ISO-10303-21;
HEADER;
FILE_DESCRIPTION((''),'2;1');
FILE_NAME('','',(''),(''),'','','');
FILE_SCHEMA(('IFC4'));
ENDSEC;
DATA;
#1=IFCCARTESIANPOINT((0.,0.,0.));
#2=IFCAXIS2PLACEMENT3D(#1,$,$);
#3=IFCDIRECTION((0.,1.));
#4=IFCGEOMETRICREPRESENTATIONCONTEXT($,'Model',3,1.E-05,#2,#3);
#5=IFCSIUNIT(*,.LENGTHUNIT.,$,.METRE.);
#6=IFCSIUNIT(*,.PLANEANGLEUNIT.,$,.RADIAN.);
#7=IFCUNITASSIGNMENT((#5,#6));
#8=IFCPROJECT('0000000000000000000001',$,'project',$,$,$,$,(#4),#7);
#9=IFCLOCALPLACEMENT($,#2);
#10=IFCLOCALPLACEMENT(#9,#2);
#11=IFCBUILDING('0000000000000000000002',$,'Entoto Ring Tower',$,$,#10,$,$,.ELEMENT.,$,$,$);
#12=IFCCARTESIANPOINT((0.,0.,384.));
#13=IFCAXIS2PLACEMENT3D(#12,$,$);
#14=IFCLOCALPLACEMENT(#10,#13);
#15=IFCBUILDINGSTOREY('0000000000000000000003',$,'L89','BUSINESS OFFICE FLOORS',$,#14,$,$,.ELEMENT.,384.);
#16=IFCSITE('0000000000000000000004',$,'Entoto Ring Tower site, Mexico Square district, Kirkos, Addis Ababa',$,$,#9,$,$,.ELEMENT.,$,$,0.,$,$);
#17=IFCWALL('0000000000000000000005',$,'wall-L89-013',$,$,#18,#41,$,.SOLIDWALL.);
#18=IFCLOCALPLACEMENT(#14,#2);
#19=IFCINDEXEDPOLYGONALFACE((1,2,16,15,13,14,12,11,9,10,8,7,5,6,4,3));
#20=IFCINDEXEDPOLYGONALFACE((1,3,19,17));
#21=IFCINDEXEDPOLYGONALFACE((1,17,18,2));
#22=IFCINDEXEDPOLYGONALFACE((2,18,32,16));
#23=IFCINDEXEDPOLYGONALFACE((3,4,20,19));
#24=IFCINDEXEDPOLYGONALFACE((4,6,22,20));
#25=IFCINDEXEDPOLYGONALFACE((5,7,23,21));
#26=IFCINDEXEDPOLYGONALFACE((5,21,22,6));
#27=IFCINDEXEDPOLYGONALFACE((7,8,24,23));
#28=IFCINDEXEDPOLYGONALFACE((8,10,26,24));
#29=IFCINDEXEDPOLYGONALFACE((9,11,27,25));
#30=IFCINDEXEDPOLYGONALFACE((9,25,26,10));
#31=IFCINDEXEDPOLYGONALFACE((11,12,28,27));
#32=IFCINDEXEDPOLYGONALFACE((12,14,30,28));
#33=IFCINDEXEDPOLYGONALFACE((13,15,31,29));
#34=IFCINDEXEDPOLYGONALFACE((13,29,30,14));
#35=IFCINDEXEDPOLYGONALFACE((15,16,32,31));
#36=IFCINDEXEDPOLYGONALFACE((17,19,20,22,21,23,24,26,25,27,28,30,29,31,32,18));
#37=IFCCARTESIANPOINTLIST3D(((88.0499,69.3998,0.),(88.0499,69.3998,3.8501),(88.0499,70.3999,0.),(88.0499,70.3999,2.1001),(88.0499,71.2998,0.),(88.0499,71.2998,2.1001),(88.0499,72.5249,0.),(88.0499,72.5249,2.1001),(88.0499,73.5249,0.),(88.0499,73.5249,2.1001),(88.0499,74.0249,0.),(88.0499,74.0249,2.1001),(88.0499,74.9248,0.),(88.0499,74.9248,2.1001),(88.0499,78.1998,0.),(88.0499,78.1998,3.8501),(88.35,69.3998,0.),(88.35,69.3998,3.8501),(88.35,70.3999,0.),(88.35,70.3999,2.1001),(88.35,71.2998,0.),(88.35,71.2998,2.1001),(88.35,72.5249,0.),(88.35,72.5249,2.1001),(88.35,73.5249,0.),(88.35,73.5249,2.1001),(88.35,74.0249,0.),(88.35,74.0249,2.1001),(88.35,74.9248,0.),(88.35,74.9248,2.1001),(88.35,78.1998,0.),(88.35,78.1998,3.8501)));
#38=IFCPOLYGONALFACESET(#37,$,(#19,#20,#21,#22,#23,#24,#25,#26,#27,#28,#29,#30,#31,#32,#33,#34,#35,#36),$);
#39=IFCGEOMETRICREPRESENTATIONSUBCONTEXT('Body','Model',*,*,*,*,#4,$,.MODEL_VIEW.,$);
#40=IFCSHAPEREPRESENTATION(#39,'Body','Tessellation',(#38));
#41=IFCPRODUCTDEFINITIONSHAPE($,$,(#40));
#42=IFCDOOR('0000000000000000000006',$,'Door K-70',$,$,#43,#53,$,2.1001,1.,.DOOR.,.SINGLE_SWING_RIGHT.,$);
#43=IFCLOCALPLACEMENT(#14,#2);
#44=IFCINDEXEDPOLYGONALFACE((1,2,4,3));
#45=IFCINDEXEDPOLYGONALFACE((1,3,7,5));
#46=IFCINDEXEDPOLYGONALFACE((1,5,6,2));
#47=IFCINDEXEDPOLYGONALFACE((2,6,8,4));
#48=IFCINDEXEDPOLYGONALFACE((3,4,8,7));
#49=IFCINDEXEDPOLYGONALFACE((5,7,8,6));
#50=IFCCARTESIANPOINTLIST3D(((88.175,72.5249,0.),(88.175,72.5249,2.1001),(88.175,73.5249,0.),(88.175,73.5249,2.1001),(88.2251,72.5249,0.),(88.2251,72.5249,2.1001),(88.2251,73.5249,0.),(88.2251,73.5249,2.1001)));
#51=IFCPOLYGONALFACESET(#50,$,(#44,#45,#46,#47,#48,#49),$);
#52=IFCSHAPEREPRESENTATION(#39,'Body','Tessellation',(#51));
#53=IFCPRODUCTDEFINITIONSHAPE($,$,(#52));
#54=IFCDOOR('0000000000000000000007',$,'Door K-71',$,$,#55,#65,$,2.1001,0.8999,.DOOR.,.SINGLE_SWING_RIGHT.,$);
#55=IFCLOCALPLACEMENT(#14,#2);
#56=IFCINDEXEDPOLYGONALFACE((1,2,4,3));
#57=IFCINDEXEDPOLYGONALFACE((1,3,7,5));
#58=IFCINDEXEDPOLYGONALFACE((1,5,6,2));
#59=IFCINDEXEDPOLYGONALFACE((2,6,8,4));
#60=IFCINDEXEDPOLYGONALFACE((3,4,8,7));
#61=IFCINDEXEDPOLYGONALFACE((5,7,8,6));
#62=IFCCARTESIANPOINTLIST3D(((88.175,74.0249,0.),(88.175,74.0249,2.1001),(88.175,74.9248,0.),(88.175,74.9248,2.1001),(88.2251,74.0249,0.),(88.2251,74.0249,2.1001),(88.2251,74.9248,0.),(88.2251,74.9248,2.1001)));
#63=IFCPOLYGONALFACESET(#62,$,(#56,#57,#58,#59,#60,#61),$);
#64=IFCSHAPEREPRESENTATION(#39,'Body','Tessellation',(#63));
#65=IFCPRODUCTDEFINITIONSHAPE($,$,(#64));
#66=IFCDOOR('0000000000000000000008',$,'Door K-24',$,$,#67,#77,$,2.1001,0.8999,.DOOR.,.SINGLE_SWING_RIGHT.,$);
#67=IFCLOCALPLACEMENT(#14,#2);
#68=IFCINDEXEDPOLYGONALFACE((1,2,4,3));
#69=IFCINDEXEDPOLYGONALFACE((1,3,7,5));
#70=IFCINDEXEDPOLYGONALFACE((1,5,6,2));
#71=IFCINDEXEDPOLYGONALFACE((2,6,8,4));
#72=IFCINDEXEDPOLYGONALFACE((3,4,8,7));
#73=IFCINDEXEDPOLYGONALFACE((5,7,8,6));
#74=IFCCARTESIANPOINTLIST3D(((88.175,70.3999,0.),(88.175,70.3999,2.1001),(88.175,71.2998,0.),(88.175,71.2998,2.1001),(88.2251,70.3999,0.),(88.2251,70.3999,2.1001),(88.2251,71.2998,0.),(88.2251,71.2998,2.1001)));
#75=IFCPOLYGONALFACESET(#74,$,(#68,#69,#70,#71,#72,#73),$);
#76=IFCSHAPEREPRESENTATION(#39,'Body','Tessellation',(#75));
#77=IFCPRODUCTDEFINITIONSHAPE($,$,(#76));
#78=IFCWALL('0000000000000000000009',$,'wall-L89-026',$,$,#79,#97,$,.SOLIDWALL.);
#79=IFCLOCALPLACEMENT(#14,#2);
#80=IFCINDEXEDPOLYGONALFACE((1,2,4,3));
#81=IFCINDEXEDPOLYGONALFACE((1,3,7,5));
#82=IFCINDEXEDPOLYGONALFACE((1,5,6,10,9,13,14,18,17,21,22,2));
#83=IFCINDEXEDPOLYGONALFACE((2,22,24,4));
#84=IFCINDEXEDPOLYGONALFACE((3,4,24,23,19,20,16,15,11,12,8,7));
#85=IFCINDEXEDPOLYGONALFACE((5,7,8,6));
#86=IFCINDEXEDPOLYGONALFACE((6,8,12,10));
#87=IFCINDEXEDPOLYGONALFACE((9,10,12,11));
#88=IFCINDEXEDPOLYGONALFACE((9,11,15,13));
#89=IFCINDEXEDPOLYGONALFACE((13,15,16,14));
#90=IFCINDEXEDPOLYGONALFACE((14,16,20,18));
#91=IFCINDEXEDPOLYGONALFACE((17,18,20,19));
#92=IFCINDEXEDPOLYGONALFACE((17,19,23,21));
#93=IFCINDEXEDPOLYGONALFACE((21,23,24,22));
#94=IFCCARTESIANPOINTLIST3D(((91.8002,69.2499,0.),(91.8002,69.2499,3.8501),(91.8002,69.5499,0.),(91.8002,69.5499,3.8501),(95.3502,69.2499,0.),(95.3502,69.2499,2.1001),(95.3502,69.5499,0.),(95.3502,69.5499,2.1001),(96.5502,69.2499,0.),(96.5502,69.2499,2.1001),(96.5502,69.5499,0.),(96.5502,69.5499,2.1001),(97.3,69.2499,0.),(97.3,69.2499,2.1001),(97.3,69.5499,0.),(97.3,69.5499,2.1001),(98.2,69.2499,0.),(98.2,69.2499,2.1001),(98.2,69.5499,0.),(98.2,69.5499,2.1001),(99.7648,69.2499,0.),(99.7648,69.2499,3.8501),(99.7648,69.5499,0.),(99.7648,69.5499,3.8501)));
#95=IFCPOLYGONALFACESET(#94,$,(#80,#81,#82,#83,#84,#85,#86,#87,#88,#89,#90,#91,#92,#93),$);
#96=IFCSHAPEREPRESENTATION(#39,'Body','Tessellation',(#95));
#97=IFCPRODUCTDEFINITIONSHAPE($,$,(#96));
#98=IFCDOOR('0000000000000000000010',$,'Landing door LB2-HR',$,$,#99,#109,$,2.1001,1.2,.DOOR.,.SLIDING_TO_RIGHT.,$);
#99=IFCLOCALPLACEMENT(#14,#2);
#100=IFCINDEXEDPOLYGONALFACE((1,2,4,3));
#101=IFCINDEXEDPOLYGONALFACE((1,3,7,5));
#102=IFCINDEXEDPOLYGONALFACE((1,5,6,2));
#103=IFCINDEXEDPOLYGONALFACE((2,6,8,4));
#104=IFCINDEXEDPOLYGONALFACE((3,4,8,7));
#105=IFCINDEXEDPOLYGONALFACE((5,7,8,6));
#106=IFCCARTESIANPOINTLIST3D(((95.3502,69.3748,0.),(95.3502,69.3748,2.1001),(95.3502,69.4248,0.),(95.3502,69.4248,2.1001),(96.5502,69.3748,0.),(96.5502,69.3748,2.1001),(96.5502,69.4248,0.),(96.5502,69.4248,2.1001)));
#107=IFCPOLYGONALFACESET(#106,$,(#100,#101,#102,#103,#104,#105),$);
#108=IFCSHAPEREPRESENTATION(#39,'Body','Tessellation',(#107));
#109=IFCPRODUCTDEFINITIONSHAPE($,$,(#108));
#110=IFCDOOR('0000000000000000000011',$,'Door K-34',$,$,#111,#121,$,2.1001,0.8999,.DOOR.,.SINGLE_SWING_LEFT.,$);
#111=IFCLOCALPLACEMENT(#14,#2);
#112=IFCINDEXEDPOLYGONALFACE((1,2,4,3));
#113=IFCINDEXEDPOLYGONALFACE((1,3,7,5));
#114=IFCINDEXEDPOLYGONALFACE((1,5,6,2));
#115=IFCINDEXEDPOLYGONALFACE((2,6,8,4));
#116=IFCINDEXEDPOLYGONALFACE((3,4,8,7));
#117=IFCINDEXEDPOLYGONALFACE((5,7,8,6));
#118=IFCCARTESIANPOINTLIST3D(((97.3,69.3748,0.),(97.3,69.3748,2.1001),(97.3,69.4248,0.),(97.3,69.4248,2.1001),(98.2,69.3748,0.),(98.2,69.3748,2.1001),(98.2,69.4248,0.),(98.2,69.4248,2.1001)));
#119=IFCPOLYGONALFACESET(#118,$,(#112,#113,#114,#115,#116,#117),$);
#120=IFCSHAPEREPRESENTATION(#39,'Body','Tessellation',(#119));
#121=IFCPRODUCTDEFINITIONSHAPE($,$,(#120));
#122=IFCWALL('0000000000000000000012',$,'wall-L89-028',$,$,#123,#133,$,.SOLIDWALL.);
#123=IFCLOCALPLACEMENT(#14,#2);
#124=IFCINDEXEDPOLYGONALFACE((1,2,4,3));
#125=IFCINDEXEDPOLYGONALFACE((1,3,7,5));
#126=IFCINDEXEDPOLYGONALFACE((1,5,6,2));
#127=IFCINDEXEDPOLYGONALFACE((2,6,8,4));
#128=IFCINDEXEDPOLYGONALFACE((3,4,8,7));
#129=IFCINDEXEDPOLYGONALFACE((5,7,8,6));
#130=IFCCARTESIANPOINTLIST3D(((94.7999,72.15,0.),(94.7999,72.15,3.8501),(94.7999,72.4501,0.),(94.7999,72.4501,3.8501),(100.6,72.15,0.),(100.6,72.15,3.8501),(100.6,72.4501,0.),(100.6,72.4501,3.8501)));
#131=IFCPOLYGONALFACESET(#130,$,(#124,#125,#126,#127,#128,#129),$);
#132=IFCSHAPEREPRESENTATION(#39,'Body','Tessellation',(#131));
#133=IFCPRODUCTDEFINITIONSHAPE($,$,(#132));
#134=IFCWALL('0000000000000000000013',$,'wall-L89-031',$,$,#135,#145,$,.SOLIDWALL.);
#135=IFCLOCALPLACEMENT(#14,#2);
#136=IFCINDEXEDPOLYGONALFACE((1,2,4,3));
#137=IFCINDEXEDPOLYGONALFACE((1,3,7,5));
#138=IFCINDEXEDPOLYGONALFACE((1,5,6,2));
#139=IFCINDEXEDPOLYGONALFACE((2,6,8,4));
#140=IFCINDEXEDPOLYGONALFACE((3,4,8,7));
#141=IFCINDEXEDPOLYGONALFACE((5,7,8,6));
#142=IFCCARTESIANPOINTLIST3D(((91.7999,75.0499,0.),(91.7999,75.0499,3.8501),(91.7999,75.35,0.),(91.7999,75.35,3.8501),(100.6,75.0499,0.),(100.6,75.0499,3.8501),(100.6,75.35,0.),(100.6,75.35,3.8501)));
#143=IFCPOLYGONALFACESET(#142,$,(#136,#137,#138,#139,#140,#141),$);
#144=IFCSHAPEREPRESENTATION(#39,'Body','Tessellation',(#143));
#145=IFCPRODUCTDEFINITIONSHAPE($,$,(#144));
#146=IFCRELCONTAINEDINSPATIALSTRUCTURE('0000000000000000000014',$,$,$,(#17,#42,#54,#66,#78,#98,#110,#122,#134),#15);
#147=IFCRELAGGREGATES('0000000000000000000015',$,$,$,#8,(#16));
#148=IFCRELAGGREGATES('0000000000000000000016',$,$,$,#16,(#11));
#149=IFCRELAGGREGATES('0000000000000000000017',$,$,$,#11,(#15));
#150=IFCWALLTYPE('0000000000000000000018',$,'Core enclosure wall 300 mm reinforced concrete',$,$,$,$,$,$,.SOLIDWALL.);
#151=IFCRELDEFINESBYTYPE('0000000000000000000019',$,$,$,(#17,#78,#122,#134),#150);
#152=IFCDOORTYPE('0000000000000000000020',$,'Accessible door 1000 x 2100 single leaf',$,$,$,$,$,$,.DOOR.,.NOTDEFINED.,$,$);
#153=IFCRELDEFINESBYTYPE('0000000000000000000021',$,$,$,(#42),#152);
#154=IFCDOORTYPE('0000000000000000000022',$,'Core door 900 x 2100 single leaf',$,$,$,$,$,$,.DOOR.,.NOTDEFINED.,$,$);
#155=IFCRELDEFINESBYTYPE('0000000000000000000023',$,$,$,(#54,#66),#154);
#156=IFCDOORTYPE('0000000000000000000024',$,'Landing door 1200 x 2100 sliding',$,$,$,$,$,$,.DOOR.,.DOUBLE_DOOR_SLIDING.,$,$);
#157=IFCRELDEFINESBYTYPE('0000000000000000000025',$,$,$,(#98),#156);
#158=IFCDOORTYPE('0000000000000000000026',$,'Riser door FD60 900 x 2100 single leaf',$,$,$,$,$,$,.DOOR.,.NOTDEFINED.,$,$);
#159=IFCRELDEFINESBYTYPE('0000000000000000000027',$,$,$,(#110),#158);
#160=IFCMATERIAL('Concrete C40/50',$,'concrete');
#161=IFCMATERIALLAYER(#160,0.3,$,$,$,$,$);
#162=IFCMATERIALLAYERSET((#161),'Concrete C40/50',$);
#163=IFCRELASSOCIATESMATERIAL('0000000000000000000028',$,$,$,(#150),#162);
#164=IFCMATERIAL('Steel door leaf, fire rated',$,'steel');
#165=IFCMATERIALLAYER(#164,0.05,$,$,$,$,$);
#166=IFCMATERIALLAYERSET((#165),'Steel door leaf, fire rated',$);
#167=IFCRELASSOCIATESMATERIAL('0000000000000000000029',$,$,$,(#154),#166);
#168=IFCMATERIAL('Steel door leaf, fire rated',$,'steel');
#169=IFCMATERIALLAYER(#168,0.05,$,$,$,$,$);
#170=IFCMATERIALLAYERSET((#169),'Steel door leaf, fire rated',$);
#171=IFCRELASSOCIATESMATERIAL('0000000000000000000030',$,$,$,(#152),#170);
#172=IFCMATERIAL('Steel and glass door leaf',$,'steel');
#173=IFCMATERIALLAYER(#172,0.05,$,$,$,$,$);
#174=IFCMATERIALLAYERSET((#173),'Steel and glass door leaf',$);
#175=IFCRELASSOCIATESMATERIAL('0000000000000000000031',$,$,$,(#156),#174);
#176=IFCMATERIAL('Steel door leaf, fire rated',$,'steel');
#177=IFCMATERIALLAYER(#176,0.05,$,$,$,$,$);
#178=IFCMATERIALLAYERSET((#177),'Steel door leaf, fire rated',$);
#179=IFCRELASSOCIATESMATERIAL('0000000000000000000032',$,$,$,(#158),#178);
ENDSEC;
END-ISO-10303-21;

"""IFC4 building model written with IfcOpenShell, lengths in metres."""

from ifc_helpers import new_model, si_unit, direction, frame, frame_2d, origin, place, context, subcontext, project, spatial, rectangle, extrude, material, layer, layer_set, type_object, element, fill, save


model = new_model("IFC4")

# Units and contexts
model_context = context("Model", 3, precision=1e-05, world=origin(), true_north=direction((0.0, 1.0)))
body_context = subcontext(model_context, "Body", "Model", "MODEL_VIEW")
ifc_project = project(units=[si_unit("LENGTHUNIT", "METRE"), si_unit("PLANEANGLEUNIT", "RADIAN")], contexts=[model_context])

# Site, building, storey
site_placement = place(None, origin())
site = spatial("IfcSite", under=ifc_project, at=site_placement, Name="Entoto Ring Tower site, Mexico Square district, Kirkos, Addis Ababa", CompositionType="ELEMENT", RefElevation=0.0)
building_placement = place(site_placement, origin())
building = spatial("IfcBuilding", under=site, at=building_placement, Name="Entoto Ring Tower", CompositionType="ELEMENT")
storey_placement = place(building_placement, frame((0.0, 0.0, 384.0)))
storey = spatial("IfcBuildingStorey", under=building, at=storey_placement, Name="L89", Description="BUSINESS OFFICE FLOORS", CompositionType="ELEMENT", Elevation=384.0)

# Shared definitions
ifc_material_1 = material(Name="Concrete C40/50", Category="concrete")
ifc_layer_1 = layer(ifc_material_1, 0.3)
ifc_layer_set_1 = layer_set([ifc_layer_1], Name="Concrete C40/50")
wall_type_1 = type_object("IfcWallType", Name="Core enclosure wall 300 mm reinforced concrete", PredefinedType="SOLIDWALL", material=ifc_layer_set_1)

# Shared definitions
ifc_material_2 = material(Name="Steel door leaf, fire rated", Category="steel")
ifc_layer_2 = layer(ifc_material_2, 0.05)
ifc_layer_set_2 = layer_set([ifc_layer_2], Name="Steel door leaf, fire rated")
door_type_1 = type_object("IfcDoorType", Name="Core door 900 x 2100 single leaf", OperationType="NOTDEFINED", PredefinedType="DOOR", material=ifc_layer_set_2)

# Walls, openings, doors
wall_1_placement = place(storey_placement, frame((88.2, 69.3999, 0.0), z_axis=(0.0, 0.0, 1.0), x_axis=(0.0, 1.0, 0.0)))
wall_1 = element("IfcWall", 1, at=wall_1_placement, inside=storey, type_object=wall_type_1, Name="wall-L89-013", PredefinedType="SOLIDWALL", context=body_context, shape_type="SweptSolid", body=[
    extrude(rectangle(XDim=8.8, YDim=0.3, at=frame_2d((4.3999, 0.0))), origin(), (0.0, 0.0, 1.0), 3.8501),
])
opening_1_placement = place(wall_1_placement, frame((3.125, 0.0, 0.0)))
opening_1 = element("IfcOpeningElement", 2, at=opening_1_placement, cuts=wall_1, PredefinedType="OPENING", context=body_context, shape_type="SweptSolid", body=[
    extrude(rectangle(XDim=1.0, YDim=2.1001, at=frame_2d((0.5, 1.05))), frame((0.0, 0.1602, 0.0), z_axis=(0.0, -1.0, 0.0), x_axis=(1.0, 0.0, 0.0)), (0.0, 0.0, 1.0), 0.3201),
])
opening_2_placement = place(wall_1_placement, frame((4.625, 0.0, 0.0)))
opening_2 = element("IfcOpeningElement", 3, at=opening_2_placement, cuts=wall_1, PredefinedType="OPENING", context=body_context, shape_type="SweptSolid", body=[
    extrude(rectangle(XDim=0.8999, YDim=2.1001, at=frame_2d((0.45, 1.05))), frame((0.0, 0.1602, 0.0), z_axis=(0.0, -1.0, 0.0), x_axis=(1.0, 0.0, 0.0)), (0.0, 0.0, 1.0), 0.3201),
])
opening_3_placement = place(wall_1_placement, frame((1.0, 0.0, 0.0)))
opening_3 = element("IfcOpeningElement", 4, at=opening_3_placement, cuts=wall_1, PredefinedType="OPENING", context=body_context, shape_type="SweptSolid", body=[
    extrude(rectangle(XDim=0.8999, YDim=2.1001, at=frame_2d((0.45, 1.05))), frame((0.0, 0.1602, 0.0), z_axis=(0.0, -1.0, 0.0), x_axis=(1.0, 0.0, 0.0)), (0.0, 0.0, 1.0), 0.3201),
])
ifc_material_3 = material(Name="Steel door leaf, fire rated", Category="steel")
ifc_layer_3 = layer(ifc_material_3, 0.05)
ifc_layer_set_3 = layer_set([ifc_layer_3], Name="Steel door leaf, fire rated")
door_type_2 = type_object("IfcDoorType", Name="Accessible door 1000 x 2100 single leaf", OperationType="NOTDEFINED", PredefinedType="DOOR", material=ifc_layer_set_3)
door_1_placement = place(opening_1_placement, origin())
door_1 = element("IfcDoor", 5, at=door_1_placement, inside=storey, type_object=door_type_2, Name="Door K-70", OperationType="SINGLE_SWING_RIGHT", OverallHeight=2.1001, OverallWidth=1.0, PredefinedType="DOOR", context=body_context, shape_type="SweptSolid", body=[
    extrude(rectangle(XDim=1.0, YDim=2.1001, at=frame_2d((0.5, 1.05))), frame((0.0, 0.0249, 0.0), z_axis=(0.0, -1.0, 0.0), x_axis=(1.0, 0.0, 0.0)), (0.0, 0.0, 1.0), 0.05),
])
fill(opening_1, door_1)
door_2_placement = place(opening_2_placement, origin())
door_2 = element("IfcDoor", 6, at=door_2_placement, inside=storey, type_object=door_type_1, Name="Door K-71", OperationType="SINGLE_SWING_RIGHT", OverallHeight=2.1001, OverallWidth=0.8999, PredefinedType="DOOR", context=body_context, shape_type="SweptSolid", body=[
    extrude(rectangle(XDim=0.8999, YDim=2.1001, at=frame_2d((0.45, 1.05))), frame((0.0, 0.0249, 0.0), z_axis=(0.0, -1.0, 0.0), x_axis=(1.0, 0.0, 0.0)), (0.0, 0.0, 1.0), 0.05),
])
fill(opening_2, door_2)
door_3_placement = place(opening_3_placement, origin())
door_3 = element("IfcDoor", 7, at=door_3_placement, inside=storey, type_object=door_type_1, Name="Door K-24", OperationType="SINGLE_SWING_RIGHT", OverallHeight=2.1001, OverallWidth=0.8999, PredefinedType="DOOR", context=body_context, shape_type="SweptSolid", body=[
    extrude(rectangle(XDim=0.8999, YDim=2.1001, at=frame_2d((0.45, 1.05))), frame((0.0, 0.0249, 0.0), z_axis=(0.0, -1.0, 0.0), x_axis=(1.0, 0.0, 0.0)), (0.0, 0.0, 1.0), 0.05),
])
fill(opening_3, door_3)
wall_2_placement = place(storey_placement, frame((91.8, 69.3999, 0.0), z_axis=(0.0, 0.0, 1.0), x_axis=(1.0, 0.0, 0.0)))
wall_2 = element("IfcWall", 8, at=wall_2_placement, inside=storey, type_object=wall_type_1, Name="wall-L89-026", PredefinedType="SOLIDWALL", context=body_context, shape_type="SweptSolid", body=[
    extrude(rectangle(XDim=7.9646, YDim=0.3, at=frame_2d((3.9824, 0.0))), origin(), (0.0, 0.0, 1.0), 3.8501),
])
opening_4_placement = place(wall_2_placement, frame((3.55, 0.0, 0.0)))
opening_4 = element("IfcOpeningElement", 9, at=opening_4_placement, cuts=wall_2, PredefinedType="OPENING", context=body_context, shape_type="SweptSolid", body=[
    extrude(rectangle(XDim=1.2, YDim=2.1001, at=frame_2d((0.6001, 1.05))), frame((0.0, 0.1602, 0.0), z_axis=(0.0, -1.0, 0.0), x_axis=(1.0, 0.0, 0.0)), (0.0, 0.0, 1.0), 0.3201),
])
opening_5_placement = place(wall_2_placement, frame((5.5, 0.0, 0.0)))
opening_5 = element("IfcOpeningElement", 10, at=opening_5_placement, cuts=wall_2, PredefinedType="OPENING", context=body_context, shape_type="SweptSolid", body=[
    extrude(rectangle(XDim=0.8999, YDim=2.1001, at=frame_2d((0.45, 1.05))), frame((0.0, 0.1602, 0.0), z_axis=(0.0, -1.0, 0.0), x_axis=(1.0, 0.0, 0.0)), (0.0, 0.0, 1.0), 0.3201),
])
ifc_material_4 = material(Name="Steel and glass door leaf", Category="steel")
ifc_layer_4 = layer(ifc_material_4, 0.05)
ifc_layer_set_4 = layer_set([ifc_layer_4], Name="Steel and glass door leaf")
door_type_3 = type_object("IfcDoorType", Name="Landing door 1200 x 2100 sliding", OperationType="DOUBLE_DOOR_SLIDING", PredefinedType="DOOR", material=ifc_layer_set_4)
door_4_placement = place(opening_4_placement, origin())
door_4 = element("IfcDoor", 11, at=door_4_placement, inside=storey, type_object=door_type_3, Name="Landing door LB2-HR", OperationType="SLIDING_TO_RIGHT", OverallHeight=2.1001, OverallWidth=1.2, PredefinedType="DOOR", context=body_context, shape_type="SweptSolid", body=[
    extrude(rectangle(XDim=1.2, YDim=2.1001, at=frame_2d((0.6001, 1.05))), frame((0.0, 0.0249, 0.0), z_axis=(0.0, -1.0, 0.0), x_axis=(1.0, 0.0, 0.0)), (0.0, 0.0, 1.0), 0.05),
])
fill(opening_4, door_4)
ifc_material_5 = material(Name="Steel door leaf, fire rated", Category="steel")
ifc_layer_5 = layer(ifc_material_5, 0.05)
ifc_layer_set_5 = layer_set([ifc_layer_5], Name="Steel door leaf, fire rated")
door_type_4 = type_object("IfcDoorType", Name="Riser door FD60 900 x 2100 single leaf", OperationType="NOTDEFINED", PredefinedType="DOOR", material=ifc_layer_set_5)
door_5_placement = place(opening_5_placement, origin())
door_5 = element("IfcDoor", 12, at=door_5_placement, inside=storey, type_object=door_type_4, Name="Door K-34", OperationType="SINGLE_SWING_LEFT", OverallHeight=2.1001, OverallWidth=0.8999, PredefinedType="DOOR", context=body_context, shape_type="SweptSolid", body=[
    extrude(rectangle(XDim=0.8999, YDim=2.1001, at=frame_2d((0.45, 1.05))), frame((0.0, 0.0249, 0.0), z_axis=(0.0, -1.0, 0.0), x_axis=(1.0, 0.0, 0.0)), (0.0, 0.0, 1.0), 0.05),
])
fill(opening_5, door_5)

# Walls
wall_3_placement = place(storey_placement, frame((94.8, 72.3, 0.0), z_axis=(0.0, 0.0, 1.0), x_axis=(1.0, 0.0, 0.0)))
element("IfcWall", 13, at=wall_3_placement, inside=storey, type_object=wall_type_1, Name="wall-L89-028", PredefinedType="SOLIDWALL", context=body_context, shape_type="SweptSolid", body=[
    extrude(rectangle(XDim=5.8, YDim=0.3, at=frame_2d((2.8999, 0.0))), origin(), (0.0, 0.0, 1.0), 3.8501),
])
wall_4_placement = place(storey_placement, frame((91.8, 75.2, 0.0), z_axis=(0.0, 0.0, 1.0), x_axis=(1.0, 0.0, 0.0)))
element("IfcWall", 14, at=wall_4_placement, inside=storey, type_object=wall_type_1, Name="wall-L89-031", PredefinedType="SOLIDWALL", context=body_context, shape_type="SweptSolid", body=[
    extrude(rectangle(XDim=8.8, YDim=0.3, at=frame_2d((4.3999, 0.0))), origin(), (0.0, 0.0, 1.0), 3.8501),
])

save(model, "model.ifc")
